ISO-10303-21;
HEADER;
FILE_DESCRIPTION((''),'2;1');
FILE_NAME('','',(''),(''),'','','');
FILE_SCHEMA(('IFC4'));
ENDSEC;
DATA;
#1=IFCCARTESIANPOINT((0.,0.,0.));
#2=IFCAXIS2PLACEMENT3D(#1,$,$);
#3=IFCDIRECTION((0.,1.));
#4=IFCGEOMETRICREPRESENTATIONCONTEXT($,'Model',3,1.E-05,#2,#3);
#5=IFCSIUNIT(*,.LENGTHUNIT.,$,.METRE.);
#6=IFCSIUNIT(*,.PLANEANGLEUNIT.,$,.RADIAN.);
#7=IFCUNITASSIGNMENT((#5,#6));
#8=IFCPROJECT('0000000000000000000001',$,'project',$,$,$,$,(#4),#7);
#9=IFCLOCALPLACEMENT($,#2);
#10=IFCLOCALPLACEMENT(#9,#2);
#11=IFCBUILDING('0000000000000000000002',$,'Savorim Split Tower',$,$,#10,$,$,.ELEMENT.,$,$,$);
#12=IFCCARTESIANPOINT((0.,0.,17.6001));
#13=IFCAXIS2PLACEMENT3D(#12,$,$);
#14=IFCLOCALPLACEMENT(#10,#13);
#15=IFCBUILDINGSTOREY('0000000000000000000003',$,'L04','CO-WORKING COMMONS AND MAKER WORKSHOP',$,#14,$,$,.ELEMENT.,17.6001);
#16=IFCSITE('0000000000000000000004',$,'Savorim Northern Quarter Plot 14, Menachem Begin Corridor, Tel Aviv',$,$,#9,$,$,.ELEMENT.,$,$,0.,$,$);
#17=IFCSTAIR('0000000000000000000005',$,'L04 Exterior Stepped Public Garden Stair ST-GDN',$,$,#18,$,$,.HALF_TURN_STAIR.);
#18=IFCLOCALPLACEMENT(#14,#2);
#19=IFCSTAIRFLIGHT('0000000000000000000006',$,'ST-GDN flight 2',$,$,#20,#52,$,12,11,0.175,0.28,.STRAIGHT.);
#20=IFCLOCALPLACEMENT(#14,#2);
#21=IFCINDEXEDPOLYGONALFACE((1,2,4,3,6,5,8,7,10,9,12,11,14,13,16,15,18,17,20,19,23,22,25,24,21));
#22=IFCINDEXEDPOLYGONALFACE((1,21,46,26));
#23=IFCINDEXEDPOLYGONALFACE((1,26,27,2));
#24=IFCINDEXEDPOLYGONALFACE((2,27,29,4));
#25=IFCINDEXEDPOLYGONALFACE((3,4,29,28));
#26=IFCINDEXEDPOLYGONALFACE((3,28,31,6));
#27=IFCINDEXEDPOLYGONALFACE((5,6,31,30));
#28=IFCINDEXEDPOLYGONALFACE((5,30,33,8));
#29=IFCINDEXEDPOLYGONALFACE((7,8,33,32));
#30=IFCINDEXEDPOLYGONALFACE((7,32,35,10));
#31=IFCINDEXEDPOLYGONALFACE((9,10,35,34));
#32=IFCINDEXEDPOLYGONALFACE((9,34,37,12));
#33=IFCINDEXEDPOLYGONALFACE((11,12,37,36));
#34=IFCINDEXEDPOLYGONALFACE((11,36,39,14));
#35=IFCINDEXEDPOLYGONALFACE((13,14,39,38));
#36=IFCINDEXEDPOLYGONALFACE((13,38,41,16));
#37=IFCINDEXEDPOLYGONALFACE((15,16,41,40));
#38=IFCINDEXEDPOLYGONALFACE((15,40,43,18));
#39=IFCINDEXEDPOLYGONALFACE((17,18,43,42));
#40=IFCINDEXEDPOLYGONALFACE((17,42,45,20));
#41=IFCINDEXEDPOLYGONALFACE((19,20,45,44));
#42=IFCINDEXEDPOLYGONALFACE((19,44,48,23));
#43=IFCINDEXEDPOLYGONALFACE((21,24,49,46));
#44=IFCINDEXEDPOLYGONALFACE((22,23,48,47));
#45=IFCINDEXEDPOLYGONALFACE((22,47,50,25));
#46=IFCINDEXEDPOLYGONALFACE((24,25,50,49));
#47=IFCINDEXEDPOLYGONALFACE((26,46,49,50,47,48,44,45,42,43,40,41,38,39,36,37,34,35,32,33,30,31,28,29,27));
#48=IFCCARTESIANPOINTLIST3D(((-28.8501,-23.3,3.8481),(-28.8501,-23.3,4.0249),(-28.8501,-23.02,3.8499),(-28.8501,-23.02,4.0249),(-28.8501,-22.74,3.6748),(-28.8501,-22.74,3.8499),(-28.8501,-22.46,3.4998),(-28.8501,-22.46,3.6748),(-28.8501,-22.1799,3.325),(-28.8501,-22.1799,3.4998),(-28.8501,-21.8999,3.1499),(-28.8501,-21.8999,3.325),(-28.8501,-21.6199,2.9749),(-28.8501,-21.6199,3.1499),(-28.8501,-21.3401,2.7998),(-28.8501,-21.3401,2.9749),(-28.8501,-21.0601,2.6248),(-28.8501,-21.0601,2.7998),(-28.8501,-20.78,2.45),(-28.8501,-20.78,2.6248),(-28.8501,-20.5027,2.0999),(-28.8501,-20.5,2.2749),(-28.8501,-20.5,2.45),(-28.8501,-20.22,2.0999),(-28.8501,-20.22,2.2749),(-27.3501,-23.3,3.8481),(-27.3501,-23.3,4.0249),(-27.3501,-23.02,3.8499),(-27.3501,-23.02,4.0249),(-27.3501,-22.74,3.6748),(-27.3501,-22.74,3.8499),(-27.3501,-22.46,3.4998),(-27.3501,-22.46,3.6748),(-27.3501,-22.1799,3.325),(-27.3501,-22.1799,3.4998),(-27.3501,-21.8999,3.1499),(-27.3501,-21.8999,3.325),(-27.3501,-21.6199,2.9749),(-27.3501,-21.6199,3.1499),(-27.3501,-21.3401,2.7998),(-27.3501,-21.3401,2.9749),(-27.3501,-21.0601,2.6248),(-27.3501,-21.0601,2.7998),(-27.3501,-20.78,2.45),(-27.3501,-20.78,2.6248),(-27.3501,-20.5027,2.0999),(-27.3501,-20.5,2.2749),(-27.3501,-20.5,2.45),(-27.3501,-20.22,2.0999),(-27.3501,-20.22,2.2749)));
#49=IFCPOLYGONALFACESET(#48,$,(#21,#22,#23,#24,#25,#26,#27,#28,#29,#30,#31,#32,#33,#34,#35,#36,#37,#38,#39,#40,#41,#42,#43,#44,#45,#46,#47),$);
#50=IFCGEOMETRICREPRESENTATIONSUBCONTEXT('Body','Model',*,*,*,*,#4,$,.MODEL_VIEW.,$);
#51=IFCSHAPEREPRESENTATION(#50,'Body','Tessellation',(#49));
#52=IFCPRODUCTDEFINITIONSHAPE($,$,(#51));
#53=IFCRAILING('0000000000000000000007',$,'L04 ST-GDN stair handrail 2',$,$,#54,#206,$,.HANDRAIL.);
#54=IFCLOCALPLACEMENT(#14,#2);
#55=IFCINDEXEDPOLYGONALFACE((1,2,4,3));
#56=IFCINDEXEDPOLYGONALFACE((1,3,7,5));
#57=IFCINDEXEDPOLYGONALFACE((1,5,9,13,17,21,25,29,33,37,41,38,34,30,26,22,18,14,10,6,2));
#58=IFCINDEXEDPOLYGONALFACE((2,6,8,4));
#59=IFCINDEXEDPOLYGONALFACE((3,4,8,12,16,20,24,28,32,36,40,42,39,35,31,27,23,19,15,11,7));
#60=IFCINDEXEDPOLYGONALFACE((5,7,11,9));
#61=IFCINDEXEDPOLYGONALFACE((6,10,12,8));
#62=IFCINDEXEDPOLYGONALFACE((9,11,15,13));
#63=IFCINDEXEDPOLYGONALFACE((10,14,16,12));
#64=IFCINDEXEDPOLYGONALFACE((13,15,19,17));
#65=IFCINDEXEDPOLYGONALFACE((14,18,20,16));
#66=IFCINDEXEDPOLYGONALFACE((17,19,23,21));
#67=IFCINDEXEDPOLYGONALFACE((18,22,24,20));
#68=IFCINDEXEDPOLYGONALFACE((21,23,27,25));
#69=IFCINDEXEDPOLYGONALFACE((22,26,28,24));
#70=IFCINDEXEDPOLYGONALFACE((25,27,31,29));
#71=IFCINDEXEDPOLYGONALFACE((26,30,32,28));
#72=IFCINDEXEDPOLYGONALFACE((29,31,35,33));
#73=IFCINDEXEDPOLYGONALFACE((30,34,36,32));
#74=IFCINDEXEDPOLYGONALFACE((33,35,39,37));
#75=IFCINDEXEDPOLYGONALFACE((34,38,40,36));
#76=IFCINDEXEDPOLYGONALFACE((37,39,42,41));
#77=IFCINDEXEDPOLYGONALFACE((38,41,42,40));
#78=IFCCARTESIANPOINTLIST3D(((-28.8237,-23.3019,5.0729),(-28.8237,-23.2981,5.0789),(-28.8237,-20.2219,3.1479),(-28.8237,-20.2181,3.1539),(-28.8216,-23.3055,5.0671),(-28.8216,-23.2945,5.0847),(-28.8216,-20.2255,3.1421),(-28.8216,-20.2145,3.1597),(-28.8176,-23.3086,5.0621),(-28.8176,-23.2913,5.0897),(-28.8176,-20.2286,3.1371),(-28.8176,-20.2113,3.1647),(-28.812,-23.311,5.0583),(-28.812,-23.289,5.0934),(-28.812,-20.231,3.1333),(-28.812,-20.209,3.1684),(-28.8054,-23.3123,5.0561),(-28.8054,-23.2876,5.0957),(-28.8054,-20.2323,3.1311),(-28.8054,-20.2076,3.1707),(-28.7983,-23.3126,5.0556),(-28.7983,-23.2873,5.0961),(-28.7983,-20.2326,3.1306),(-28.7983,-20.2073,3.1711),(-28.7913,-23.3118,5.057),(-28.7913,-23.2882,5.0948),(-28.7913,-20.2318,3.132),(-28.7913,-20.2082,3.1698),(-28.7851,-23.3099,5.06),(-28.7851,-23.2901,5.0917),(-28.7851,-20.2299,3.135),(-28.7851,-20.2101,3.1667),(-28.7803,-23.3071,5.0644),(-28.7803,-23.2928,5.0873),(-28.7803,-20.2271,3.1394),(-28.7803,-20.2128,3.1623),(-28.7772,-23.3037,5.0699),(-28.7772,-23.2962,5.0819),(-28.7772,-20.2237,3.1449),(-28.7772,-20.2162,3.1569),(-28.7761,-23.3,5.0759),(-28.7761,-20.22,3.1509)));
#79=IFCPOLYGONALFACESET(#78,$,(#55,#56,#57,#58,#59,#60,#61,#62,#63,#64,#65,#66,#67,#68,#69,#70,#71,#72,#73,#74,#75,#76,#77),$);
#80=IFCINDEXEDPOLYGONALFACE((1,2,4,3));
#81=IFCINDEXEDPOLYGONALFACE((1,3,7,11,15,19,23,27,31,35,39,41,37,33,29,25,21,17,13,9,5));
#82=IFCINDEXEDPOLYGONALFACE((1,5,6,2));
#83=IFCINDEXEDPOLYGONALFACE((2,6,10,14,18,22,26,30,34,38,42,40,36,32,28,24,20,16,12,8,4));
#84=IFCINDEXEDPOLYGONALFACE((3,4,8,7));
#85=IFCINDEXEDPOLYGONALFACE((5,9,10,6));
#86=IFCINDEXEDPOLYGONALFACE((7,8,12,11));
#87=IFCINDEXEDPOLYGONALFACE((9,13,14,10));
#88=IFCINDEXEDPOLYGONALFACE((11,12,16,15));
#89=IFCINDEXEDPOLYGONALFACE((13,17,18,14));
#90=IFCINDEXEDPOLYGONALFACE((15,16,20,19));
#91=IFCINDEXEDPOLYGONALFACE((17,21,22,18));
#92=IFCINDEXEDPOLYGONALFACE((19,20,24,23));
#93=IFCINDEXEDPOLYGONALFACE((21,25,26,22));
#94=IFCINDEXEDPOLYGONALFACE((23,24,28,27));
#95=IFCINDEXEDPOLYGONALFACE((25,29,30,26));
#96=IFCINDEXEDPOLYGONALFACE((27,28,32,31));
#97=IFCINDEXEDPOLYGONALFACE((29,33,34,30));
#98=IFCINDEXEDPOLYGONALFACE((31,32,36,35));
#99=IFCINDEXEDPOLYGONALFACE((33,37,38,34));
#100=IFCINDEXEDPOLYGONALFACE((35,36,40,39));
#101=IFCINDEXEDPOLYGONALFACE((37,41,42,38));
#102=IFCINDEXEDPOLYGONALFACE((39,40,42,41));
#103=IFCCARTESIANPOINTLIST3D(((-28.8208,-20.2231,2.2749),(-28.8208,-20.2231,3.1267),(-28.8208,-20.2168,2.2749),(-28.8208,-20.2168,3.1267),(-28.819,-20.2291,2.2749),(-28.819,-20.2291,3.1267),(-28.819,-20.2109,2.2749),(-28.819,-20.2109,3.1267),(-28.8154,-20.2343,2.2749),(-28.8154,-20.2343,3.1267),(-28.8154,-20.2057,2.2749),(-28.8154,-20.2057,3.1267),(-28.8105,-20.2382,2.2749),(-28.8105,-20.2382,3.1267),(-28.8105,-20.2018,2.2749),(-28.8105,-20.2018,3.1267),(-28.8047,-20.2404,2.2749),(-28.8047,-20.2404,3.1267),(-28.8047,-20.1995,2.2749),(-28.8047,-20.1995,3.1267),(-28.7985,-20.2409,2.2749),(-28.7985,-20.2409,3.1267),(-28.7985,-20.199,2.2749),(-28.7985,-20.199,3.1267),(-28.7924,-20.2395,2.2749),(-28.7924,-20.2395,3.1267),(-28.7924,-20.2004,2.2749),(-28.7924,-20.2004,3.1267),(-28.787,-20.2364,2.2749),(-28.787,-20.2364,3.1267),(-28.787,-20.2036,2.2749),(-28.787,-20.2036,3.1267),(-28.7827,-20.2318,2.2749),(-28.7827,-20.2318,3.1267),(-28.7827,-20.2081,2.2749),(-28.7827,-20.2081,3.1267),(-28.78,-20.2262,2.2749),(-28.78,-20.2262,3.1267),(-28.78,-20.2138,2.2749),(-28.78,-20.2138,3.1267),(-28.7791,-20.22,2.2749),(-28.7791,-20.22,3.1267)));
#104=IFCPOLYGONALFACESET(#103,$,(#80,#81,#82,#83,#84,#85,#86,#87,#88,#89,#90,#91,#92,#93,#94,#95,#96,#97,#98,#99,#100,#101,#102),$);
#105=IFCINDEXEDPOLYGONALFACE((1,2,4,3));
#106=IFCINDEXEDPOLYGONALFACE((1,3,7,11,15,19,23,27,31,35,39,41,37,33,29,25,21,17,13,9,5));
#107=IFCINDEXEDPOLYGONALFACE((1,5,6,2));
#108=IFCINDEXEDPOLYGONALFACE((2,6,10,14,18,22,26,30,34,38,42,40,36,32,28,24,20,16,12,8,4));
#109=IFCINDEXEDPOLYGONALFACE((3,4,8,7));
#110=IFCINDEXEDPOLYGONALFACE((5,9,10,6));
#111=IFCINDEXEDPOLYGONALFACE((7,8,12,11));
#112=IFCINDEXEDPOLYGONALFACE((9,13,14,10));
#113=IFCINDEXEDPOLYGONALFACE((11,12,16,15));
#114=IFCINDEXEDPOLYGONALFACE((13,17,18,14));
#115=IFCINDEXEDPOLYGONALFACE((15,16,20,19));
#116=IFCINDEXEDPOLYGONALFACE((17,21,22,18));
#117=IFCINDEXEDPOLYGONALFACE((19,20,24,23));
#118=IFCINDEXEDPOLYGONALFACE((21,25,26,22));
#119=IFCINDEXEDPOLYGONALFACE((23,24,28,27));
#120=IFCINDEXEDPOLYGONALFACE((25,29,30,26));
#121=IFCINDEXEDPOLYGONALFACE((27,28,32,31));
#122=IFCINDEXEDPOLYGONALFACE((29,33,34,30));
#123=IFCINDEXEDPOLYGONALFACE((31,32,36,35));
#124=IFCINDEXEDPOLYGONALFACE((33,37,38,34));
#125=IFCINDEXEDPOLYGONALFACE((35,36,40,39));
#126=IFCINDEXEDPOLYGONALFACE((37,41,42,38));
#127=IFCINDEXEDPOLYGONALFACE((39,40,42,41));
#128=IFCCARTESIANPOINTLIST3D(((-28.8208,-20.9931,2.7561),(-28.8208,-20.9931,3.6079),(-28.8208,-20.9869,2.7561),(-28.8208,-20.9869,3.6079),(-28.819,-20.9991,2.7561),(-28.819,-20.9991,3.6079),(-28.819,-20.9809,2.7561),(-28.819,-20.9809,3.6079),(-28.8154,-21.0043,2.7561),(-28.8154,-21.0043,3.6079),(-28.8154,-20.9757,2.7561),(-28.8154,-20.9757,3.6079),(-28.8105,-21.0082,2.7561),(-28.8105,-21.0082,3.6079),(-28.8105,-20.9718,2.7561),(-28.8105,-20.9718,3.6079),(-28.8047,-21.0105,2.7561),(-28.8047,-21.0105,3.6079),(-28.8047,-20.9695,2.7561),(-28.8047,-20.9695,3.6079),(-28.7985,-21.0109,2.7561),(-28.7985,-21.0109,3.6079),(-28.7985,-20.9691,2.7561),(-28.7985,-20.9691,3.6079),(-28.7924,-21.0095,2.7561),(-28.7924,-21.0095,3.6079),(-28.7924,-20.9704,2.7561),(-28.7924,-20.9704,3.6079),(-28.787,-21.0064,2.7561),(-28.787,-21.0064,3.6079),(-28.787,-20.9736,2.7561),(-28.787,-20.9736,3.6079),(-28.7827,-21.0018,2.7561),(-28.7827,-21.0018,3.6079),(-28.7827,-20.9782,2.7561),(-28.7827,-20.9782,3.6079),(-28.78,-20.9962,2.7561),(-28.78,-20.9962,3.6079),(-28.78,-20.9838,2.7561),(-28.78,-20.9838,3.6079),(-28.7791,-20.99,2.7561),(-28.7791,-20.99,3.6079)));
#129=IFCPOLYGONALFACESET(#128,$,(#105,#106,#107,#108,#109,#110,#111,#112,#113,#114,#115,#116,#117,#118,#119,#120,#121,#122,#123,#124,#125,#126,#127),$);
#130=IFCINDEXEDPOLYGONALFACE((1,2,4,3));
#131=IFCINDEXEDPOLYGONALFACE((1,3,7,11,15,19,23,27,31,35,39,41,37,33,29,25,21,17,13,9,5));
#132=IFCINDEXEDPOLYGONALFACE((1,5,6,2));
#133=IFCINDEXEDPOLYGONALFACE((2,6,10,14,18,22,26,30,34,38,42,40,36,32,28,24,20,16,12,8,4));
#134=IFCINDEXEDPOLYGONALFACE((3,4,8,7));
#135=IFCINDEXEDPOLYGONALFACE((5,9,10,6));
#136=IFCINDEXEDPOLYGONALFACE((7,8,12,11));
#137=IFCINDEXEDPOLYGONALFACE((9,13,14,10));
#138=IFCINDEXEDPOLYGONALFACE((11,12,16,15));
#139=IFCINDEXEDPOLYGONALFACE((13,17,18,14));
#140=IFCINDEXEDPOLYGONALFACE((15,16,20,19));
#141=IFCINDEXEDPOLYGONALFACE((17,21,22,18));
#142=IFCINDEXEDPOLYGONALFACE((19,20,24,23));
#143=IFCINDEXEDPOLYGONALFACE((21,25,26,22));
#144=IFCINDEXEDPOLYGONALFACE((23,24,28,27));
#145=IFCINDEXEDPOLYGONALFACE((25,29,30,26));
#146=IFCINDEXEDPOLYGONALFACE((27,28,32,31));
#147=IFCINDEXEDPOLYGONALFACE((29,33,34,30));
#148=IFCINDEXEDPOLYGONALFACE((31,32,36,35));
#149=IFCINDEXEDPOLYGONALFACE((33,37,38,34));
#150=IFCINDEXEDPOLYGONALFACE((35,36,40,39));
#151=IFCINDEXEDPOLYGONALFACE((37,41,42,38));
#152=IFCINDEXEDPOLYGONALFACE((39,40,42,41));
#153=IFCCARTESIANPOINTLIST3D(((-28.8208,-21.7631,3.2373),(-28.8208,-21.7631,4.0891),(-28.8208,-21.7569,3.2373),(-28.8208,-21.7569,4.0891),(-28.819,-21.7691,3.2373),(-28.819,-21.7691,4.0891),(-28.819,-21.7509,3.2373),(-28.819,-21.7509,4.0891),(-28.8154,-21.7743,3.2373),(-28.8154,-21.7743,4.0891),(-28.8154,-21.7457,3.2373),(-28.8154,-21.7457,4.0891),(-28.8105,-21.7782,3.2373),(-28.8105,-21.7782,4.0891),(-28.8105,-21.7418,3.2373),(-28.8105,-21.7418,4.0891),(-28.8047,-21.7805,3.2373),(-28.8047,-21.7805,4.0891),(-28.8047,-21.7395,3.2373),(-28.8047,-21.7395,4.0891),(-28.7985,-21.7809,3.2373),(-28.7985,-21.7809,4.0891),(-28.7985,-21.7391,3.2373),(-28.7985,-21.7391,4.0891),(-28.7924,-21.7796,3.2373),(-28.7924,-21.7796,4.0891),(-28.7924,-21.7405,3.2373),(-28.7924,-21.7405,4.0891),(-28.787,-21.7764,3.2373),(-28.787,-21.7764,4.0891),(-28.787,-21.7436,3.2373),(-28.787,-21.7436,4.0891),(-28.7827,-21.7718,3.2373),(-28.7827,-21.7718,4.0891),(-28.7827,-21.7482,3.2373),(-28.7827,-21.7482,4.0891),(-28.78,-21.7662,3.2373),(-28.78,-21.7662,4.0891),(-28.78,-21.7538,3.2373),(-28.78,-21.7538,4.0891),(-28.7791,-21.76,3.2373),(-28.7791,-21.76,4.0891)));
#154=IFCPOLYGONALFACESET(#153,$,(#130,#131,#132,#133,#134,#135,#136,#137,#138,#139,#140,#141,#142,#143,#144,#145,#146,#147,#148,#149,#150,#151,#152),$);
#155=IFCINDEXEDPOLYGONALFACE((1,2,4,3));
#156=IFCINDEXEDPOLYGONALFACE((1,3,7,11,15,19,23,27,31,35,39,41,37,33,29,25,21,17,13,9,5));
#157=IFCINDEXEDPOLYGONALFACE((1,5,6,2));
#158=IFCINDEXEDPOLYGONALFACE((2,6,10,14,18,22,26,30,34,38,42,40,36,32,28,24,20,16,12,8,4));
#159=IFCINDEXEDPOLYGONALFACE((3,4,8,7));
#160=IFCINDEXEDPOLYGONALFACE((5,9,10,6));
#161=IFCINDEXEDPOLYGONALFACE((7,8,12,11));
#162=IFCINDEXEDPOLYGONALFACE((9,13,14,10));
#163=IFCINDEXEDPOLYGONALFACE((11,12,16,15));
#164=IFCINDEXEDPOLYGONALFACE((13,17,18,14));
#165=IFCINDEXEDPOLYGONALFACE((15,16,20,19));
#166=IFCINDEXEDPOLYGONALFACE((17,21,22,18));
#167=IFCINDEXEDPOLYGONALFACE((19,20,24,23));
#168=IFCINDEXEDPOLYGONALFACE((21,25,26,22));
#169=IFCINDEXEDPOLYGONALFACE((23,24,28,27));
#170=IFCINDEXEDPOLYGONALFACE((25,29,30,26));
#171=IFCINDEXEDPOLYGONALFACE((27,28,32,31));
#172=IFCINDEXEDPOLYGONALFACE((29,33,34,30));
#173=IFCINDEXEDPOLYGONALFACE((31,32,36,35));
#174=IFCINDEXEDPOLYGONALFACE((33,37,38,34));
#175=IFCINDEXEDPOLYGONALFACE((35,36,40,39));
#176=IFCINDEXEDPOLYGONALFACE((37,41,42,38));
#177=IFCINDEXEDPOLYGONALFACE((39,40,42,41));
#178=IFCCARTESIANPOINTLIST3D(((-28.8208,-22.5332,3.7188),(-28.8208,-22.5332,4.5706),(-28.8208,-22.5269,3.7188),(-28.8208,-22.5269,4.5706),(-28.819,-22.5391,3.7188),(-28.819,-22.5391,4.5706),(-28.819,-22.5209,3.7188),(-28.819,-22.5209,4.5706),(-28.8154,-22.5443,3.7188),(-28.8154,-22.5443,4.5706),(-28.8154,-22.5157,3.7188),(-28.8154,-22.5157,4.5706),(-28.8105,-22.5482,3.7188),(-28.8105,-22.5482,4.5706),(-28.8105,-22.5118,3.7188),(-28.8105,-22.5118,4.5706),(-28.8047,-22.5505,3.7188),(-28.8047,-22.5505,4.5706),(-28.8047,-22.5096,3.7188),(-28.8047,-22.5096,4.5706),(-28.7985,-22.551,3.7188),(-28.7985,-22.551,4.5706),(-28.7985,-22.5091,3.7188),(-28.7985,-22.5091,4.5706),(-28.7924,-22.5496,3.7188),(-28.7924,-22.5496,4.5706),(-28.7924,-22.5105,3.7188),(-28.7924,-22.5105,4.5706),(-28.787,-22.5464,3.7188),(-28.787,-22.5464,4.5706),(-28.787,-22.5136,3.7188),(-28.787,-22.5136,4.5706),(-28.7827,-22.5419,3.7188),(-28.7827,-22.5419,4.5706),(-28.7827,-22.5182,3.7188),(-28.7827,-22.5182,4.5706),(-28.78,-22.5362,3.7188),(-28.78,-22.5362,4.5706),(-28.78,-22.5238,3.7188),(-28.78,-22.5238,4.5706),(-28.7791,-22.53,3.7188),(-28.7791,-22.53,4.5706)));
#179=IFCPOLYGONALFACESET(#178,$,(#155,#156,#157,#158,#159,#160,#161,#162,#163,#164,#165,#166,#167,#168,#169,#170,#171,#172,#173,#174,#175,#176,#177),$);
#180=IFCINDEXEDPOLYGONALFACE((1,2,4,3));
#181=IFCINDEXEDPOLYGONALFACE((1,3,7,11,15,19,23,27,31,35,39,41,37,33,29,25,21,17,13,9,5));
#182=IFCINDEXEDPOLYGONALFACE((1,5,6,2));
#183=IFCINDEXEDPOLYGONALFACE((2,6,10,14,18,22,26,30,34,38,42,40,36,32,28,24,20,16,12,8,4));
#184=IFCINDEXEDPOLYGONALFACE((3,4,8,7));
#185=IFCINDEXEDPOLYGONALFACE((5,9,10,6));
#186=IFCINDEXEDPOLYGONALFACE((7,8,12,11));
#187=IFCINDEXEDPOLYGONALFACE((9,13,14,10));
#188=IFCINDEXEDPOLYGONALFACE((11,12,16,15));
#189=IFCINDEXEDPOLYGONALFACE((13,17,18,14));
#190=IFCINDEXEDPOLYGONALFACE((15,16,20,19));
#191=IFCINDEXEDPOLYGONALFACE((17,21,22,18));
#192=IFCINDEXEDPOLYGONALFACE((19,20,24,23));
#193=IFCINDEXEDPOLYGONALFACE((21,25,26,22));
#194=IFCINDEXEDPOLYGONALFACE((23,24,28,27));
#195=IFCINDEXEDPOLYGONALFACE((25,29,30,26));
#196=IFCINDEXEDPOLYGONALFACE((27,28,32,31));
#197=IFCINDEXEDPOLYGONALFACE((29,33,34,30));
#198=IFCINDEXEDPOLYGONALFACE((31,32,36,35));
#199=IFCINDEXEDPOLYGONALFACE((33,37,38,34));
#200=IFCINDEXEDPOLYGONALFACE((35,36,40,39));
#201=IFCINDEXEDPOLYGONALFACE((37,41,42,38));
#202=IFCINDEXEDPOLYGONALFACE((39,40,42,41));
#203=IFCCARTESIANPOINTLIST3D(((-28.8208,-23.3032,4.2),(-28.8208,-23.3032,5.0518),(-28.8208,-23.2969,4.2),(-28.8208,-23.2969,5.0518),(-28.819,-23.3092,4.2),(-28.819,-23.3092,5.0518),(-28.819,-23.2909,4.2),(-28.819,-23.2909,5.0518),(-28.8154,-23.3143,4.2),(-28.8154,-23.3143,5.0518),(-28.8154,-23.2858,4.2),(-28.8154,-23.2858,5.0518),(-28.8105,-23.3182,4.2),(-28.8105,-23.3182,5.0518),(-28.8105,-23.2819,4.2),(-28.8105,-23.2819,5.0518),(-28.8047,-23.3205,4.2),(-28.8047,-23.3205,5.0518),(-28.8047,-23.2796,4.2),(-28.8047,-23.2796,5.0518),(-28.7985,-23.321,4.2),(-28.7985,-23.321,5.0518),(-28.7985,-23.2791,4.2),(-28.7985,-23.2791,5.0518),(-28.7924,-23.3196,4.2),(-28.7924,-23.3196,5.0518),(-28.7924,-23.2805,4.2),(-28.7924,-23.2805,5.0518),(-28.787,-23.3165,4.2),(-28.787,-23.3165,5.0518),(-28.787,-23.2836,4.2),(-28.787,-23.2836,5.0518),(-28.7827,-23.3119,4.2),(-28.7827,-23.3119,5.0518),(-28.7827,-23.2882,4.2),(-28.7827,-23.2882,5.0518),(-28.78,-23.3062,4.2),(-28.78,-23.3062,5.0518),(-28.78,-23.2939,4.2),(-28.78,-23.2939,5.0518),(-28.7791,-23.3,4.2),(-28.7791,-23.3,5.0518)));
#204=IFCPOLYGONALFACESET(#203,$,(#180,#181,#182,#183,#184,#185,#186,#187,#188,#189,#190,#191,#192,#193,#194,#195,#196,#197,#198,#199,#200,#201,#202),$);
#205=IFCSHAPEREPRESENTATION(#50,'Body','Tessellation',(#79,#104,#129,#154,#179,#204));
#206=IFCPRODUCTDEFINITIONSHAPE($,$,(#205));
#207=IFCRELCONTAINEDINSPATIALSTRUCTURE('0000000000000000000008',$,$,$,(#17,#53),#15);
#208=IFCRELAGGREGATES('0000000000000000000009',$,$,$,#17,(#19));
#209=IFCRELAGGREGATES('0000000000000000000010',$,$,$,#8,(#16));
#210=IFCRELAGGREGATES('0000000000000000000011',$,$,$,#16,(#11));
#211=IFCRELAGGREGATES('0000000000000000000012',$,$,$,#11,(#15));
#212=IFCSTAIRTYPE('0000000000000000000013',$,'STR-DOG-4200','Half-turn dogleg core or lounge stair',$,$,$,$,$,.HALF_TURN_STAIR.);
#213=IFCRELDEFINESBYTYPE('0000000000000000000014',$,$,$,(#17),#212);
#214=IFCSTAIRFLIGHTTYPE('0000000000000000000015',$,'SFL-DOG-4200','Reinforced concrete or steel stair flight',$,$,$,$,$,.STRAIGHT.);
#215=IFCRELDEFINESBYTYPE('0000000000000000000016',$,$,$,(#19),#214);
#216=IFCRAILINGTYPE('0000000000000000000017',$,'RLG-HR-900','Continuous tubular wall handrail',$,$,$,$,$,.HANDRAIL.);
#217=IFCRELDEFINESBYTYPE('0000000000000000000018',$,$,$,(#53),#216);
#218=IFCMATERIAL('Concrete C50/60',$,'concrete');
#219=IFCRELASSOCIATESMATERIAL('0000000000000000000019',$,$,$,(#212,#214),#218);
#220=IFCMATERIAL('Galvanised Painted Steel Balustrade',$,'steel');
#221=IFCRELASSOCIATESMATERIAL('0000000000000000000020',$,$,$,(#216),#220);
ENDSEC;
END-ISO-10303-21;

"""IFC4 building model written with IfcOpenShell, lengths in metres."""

from ifc_helpers import new_model, si_unit, direction, frame, origin, origin_2d, place, context, subcontext, project, spatial, polyline, circle, outline, extrude, material, type_object, element, aggregate, save


model = new_model("IFC4")

# Units and contexts
model_context = context("Model", 3, precision=1e-05, world=origin(), true_north=direction((0.0, 1.0)))
body_context = subcontext(model_context, "Body", "Model", "MODEL_VIEW")
ifc_project = project(units=[si_unit("LENGTHUNIT", "METRE"), si_unit("PLANEANGLEUNIT", "RADIAN")], contexts=[model_context])

# Site, building, storey
site_placement = place(None, origin())
site = spatial("IfcSite", under=ifc_project, at=site_placement, Name="Savorim Northern Quarter Plot 14, Menachem Begin Corridor, Tel Aviv", CompositionType="ELEMENT", RefElevation=0.0)
building_placement = place(site_placement, origin())
building = spatial("IfcBuilding", under=site, at=building_placement, Name="Savorim Split Tower", CompositionType="ELEMENT")
storey_placement = place(building_placement, frame((0.0, 0.0, 17.6001)))
storey = spatial("IfcBuildingStorey", under=building, at=storey_placement, Name="L04", Description="CO-WORKING COMMONS AND MAKER WORKSHOP", CompositionType="ELEMENT", Elevation=17.6001)

# Stair, stair flight
ifc_material_1 = material(Name="Concrete C50/60", Category="concrete")
stair_type = type_object("IfcStairType", Name="STR-DOG-4200", Description="Half-turn dogleg core or lounge stair", PredefinedType="HALF_TURN_STAIR", material=ifc_material_1)
stair_placement = place(storey_placement, origin())
stair = element("IfcStair", 1, at=stair_placement, inside=storey, type_object=stair_type, Name="L04 Exterior Stepped Public Garden Stair ST-GDN", PredefinedType="HALF_TURN_STAIR")
stair_flight_type = type_object("IfcStairFlightType", Name="SFL-DOG-4200", Description="Reinforced concrete or steel stair flight", PredefinedType="STRAIGHT", material=ifc_material_1)
stair_flight_placement = place(storey_placement, frame((-28.1001, -20.22, 2.0999), z_axis=(0.0, 0.0, 1.0), x_axis=(0.0, -1.0, 0.0)))
stair_flight = element("IfcStairFlight", 2, at=stair_flight_placement, type_object=stair_flight_type, Name="ST-GDN flight 2", NumberOfRisers=12, NumberOfTreads=11, PredefinedType="STRAIGHT", RiserHeight=0.175, TreadLength=0.28, context=body_context, shape_type="SweptSolid", body=[
    extrude(outline(polyline([(0.0, 0.0), (0.0, 0.175), (0.28, 0.175), (0.28, 0.3501), (0.5601, 0.3501), (0.5601, 0.5249), (0.8401, 0.5249), (0.8401, 0.7), (1.1201, 0.7), (1.1201, 0.875), (1.3999, 0.875), (1.3999, 1.05), (1.6799, 1.05), (1.6799, 1.2251), (1.96, 1.2251), (1.96, 1.3999), (2.24, 1.3999), (2.24, 1.575), (2.52, 1.575), (2.52, 1.75), (2.8, 1.75), (2.8, 1.925), (3.0801, 1.925), (3.0801, 2.1001), (3.0801, 1.7483), (0.2827, 0.0), (0.0, 0.0)])), frame((0.0, 0.75, 0.0), z_axis=(0.0, -1.0, 0.0), x_axis=(1.0, 0.0, 0.0)), (0.0, 0.0, 1.0), 1.5),
])
aggregate(stair, [stair_flight])

# Railing
ifc_material_2 = material(Name="Galvanised Painted Steel Balustrade", Category="steel")
railing_type_1 = type_object("IfcRailingType", Name="RLG-HR-900", Description="Continuous tubular wall handrail", PredefinedType="HANDRAIL", material=ifc_material_2)
railing_1_placement = place(storey_placement, frame((-28.8, -20.22, 2.2749)))
element("IfcRailing", 3, at=railing_1_placement, inside=storey, type_object=railing_type_1, Name="L04 ST-GDN stair handrail 2", PredefinedType="HANDRAIL", context=body_context, shape_type="SweptSolid", body=[
    extrude(circle(Radius=0.0239, at=origin_2d()), frame((0.0, 0.0, 0.876), z_axis=(0.0, -0.847998, 0.529999), x_axis=(1.0, 0.0, 0.0)), (0.0, 0.0, 1.0), 3.6321),
    extrude(circle(Radius=0.021, at=origin_2d()), origin(), (0.0, 0.0, 1.0), 0.8518),
    extrude(circle(Radius=0.021, at=origin_2d()), frame((0.0, -0.77, 0.4812)), (0.0, 0.0, 1.0), 0.8518),
    extrude(circle(Radius=0.021, at=origin_2d()), frame((0.0, -1.54, 0.9624)), (0.0, 0.0, 1.0), 0.8518),
    extrude(circle(Radius=0.021, at=origin_2d()), frame((0.0, -2.3101, 1.4438)), (0.0, 0.0, 1.0), 0.8518),
    extrude(circle(Radius=0.021, at=origin_2d()), frame((0.0, -3.0801, 1.925)), (0.0, 0.0, 1.0), 0.8518),
])

save(model, "model.ifc")
